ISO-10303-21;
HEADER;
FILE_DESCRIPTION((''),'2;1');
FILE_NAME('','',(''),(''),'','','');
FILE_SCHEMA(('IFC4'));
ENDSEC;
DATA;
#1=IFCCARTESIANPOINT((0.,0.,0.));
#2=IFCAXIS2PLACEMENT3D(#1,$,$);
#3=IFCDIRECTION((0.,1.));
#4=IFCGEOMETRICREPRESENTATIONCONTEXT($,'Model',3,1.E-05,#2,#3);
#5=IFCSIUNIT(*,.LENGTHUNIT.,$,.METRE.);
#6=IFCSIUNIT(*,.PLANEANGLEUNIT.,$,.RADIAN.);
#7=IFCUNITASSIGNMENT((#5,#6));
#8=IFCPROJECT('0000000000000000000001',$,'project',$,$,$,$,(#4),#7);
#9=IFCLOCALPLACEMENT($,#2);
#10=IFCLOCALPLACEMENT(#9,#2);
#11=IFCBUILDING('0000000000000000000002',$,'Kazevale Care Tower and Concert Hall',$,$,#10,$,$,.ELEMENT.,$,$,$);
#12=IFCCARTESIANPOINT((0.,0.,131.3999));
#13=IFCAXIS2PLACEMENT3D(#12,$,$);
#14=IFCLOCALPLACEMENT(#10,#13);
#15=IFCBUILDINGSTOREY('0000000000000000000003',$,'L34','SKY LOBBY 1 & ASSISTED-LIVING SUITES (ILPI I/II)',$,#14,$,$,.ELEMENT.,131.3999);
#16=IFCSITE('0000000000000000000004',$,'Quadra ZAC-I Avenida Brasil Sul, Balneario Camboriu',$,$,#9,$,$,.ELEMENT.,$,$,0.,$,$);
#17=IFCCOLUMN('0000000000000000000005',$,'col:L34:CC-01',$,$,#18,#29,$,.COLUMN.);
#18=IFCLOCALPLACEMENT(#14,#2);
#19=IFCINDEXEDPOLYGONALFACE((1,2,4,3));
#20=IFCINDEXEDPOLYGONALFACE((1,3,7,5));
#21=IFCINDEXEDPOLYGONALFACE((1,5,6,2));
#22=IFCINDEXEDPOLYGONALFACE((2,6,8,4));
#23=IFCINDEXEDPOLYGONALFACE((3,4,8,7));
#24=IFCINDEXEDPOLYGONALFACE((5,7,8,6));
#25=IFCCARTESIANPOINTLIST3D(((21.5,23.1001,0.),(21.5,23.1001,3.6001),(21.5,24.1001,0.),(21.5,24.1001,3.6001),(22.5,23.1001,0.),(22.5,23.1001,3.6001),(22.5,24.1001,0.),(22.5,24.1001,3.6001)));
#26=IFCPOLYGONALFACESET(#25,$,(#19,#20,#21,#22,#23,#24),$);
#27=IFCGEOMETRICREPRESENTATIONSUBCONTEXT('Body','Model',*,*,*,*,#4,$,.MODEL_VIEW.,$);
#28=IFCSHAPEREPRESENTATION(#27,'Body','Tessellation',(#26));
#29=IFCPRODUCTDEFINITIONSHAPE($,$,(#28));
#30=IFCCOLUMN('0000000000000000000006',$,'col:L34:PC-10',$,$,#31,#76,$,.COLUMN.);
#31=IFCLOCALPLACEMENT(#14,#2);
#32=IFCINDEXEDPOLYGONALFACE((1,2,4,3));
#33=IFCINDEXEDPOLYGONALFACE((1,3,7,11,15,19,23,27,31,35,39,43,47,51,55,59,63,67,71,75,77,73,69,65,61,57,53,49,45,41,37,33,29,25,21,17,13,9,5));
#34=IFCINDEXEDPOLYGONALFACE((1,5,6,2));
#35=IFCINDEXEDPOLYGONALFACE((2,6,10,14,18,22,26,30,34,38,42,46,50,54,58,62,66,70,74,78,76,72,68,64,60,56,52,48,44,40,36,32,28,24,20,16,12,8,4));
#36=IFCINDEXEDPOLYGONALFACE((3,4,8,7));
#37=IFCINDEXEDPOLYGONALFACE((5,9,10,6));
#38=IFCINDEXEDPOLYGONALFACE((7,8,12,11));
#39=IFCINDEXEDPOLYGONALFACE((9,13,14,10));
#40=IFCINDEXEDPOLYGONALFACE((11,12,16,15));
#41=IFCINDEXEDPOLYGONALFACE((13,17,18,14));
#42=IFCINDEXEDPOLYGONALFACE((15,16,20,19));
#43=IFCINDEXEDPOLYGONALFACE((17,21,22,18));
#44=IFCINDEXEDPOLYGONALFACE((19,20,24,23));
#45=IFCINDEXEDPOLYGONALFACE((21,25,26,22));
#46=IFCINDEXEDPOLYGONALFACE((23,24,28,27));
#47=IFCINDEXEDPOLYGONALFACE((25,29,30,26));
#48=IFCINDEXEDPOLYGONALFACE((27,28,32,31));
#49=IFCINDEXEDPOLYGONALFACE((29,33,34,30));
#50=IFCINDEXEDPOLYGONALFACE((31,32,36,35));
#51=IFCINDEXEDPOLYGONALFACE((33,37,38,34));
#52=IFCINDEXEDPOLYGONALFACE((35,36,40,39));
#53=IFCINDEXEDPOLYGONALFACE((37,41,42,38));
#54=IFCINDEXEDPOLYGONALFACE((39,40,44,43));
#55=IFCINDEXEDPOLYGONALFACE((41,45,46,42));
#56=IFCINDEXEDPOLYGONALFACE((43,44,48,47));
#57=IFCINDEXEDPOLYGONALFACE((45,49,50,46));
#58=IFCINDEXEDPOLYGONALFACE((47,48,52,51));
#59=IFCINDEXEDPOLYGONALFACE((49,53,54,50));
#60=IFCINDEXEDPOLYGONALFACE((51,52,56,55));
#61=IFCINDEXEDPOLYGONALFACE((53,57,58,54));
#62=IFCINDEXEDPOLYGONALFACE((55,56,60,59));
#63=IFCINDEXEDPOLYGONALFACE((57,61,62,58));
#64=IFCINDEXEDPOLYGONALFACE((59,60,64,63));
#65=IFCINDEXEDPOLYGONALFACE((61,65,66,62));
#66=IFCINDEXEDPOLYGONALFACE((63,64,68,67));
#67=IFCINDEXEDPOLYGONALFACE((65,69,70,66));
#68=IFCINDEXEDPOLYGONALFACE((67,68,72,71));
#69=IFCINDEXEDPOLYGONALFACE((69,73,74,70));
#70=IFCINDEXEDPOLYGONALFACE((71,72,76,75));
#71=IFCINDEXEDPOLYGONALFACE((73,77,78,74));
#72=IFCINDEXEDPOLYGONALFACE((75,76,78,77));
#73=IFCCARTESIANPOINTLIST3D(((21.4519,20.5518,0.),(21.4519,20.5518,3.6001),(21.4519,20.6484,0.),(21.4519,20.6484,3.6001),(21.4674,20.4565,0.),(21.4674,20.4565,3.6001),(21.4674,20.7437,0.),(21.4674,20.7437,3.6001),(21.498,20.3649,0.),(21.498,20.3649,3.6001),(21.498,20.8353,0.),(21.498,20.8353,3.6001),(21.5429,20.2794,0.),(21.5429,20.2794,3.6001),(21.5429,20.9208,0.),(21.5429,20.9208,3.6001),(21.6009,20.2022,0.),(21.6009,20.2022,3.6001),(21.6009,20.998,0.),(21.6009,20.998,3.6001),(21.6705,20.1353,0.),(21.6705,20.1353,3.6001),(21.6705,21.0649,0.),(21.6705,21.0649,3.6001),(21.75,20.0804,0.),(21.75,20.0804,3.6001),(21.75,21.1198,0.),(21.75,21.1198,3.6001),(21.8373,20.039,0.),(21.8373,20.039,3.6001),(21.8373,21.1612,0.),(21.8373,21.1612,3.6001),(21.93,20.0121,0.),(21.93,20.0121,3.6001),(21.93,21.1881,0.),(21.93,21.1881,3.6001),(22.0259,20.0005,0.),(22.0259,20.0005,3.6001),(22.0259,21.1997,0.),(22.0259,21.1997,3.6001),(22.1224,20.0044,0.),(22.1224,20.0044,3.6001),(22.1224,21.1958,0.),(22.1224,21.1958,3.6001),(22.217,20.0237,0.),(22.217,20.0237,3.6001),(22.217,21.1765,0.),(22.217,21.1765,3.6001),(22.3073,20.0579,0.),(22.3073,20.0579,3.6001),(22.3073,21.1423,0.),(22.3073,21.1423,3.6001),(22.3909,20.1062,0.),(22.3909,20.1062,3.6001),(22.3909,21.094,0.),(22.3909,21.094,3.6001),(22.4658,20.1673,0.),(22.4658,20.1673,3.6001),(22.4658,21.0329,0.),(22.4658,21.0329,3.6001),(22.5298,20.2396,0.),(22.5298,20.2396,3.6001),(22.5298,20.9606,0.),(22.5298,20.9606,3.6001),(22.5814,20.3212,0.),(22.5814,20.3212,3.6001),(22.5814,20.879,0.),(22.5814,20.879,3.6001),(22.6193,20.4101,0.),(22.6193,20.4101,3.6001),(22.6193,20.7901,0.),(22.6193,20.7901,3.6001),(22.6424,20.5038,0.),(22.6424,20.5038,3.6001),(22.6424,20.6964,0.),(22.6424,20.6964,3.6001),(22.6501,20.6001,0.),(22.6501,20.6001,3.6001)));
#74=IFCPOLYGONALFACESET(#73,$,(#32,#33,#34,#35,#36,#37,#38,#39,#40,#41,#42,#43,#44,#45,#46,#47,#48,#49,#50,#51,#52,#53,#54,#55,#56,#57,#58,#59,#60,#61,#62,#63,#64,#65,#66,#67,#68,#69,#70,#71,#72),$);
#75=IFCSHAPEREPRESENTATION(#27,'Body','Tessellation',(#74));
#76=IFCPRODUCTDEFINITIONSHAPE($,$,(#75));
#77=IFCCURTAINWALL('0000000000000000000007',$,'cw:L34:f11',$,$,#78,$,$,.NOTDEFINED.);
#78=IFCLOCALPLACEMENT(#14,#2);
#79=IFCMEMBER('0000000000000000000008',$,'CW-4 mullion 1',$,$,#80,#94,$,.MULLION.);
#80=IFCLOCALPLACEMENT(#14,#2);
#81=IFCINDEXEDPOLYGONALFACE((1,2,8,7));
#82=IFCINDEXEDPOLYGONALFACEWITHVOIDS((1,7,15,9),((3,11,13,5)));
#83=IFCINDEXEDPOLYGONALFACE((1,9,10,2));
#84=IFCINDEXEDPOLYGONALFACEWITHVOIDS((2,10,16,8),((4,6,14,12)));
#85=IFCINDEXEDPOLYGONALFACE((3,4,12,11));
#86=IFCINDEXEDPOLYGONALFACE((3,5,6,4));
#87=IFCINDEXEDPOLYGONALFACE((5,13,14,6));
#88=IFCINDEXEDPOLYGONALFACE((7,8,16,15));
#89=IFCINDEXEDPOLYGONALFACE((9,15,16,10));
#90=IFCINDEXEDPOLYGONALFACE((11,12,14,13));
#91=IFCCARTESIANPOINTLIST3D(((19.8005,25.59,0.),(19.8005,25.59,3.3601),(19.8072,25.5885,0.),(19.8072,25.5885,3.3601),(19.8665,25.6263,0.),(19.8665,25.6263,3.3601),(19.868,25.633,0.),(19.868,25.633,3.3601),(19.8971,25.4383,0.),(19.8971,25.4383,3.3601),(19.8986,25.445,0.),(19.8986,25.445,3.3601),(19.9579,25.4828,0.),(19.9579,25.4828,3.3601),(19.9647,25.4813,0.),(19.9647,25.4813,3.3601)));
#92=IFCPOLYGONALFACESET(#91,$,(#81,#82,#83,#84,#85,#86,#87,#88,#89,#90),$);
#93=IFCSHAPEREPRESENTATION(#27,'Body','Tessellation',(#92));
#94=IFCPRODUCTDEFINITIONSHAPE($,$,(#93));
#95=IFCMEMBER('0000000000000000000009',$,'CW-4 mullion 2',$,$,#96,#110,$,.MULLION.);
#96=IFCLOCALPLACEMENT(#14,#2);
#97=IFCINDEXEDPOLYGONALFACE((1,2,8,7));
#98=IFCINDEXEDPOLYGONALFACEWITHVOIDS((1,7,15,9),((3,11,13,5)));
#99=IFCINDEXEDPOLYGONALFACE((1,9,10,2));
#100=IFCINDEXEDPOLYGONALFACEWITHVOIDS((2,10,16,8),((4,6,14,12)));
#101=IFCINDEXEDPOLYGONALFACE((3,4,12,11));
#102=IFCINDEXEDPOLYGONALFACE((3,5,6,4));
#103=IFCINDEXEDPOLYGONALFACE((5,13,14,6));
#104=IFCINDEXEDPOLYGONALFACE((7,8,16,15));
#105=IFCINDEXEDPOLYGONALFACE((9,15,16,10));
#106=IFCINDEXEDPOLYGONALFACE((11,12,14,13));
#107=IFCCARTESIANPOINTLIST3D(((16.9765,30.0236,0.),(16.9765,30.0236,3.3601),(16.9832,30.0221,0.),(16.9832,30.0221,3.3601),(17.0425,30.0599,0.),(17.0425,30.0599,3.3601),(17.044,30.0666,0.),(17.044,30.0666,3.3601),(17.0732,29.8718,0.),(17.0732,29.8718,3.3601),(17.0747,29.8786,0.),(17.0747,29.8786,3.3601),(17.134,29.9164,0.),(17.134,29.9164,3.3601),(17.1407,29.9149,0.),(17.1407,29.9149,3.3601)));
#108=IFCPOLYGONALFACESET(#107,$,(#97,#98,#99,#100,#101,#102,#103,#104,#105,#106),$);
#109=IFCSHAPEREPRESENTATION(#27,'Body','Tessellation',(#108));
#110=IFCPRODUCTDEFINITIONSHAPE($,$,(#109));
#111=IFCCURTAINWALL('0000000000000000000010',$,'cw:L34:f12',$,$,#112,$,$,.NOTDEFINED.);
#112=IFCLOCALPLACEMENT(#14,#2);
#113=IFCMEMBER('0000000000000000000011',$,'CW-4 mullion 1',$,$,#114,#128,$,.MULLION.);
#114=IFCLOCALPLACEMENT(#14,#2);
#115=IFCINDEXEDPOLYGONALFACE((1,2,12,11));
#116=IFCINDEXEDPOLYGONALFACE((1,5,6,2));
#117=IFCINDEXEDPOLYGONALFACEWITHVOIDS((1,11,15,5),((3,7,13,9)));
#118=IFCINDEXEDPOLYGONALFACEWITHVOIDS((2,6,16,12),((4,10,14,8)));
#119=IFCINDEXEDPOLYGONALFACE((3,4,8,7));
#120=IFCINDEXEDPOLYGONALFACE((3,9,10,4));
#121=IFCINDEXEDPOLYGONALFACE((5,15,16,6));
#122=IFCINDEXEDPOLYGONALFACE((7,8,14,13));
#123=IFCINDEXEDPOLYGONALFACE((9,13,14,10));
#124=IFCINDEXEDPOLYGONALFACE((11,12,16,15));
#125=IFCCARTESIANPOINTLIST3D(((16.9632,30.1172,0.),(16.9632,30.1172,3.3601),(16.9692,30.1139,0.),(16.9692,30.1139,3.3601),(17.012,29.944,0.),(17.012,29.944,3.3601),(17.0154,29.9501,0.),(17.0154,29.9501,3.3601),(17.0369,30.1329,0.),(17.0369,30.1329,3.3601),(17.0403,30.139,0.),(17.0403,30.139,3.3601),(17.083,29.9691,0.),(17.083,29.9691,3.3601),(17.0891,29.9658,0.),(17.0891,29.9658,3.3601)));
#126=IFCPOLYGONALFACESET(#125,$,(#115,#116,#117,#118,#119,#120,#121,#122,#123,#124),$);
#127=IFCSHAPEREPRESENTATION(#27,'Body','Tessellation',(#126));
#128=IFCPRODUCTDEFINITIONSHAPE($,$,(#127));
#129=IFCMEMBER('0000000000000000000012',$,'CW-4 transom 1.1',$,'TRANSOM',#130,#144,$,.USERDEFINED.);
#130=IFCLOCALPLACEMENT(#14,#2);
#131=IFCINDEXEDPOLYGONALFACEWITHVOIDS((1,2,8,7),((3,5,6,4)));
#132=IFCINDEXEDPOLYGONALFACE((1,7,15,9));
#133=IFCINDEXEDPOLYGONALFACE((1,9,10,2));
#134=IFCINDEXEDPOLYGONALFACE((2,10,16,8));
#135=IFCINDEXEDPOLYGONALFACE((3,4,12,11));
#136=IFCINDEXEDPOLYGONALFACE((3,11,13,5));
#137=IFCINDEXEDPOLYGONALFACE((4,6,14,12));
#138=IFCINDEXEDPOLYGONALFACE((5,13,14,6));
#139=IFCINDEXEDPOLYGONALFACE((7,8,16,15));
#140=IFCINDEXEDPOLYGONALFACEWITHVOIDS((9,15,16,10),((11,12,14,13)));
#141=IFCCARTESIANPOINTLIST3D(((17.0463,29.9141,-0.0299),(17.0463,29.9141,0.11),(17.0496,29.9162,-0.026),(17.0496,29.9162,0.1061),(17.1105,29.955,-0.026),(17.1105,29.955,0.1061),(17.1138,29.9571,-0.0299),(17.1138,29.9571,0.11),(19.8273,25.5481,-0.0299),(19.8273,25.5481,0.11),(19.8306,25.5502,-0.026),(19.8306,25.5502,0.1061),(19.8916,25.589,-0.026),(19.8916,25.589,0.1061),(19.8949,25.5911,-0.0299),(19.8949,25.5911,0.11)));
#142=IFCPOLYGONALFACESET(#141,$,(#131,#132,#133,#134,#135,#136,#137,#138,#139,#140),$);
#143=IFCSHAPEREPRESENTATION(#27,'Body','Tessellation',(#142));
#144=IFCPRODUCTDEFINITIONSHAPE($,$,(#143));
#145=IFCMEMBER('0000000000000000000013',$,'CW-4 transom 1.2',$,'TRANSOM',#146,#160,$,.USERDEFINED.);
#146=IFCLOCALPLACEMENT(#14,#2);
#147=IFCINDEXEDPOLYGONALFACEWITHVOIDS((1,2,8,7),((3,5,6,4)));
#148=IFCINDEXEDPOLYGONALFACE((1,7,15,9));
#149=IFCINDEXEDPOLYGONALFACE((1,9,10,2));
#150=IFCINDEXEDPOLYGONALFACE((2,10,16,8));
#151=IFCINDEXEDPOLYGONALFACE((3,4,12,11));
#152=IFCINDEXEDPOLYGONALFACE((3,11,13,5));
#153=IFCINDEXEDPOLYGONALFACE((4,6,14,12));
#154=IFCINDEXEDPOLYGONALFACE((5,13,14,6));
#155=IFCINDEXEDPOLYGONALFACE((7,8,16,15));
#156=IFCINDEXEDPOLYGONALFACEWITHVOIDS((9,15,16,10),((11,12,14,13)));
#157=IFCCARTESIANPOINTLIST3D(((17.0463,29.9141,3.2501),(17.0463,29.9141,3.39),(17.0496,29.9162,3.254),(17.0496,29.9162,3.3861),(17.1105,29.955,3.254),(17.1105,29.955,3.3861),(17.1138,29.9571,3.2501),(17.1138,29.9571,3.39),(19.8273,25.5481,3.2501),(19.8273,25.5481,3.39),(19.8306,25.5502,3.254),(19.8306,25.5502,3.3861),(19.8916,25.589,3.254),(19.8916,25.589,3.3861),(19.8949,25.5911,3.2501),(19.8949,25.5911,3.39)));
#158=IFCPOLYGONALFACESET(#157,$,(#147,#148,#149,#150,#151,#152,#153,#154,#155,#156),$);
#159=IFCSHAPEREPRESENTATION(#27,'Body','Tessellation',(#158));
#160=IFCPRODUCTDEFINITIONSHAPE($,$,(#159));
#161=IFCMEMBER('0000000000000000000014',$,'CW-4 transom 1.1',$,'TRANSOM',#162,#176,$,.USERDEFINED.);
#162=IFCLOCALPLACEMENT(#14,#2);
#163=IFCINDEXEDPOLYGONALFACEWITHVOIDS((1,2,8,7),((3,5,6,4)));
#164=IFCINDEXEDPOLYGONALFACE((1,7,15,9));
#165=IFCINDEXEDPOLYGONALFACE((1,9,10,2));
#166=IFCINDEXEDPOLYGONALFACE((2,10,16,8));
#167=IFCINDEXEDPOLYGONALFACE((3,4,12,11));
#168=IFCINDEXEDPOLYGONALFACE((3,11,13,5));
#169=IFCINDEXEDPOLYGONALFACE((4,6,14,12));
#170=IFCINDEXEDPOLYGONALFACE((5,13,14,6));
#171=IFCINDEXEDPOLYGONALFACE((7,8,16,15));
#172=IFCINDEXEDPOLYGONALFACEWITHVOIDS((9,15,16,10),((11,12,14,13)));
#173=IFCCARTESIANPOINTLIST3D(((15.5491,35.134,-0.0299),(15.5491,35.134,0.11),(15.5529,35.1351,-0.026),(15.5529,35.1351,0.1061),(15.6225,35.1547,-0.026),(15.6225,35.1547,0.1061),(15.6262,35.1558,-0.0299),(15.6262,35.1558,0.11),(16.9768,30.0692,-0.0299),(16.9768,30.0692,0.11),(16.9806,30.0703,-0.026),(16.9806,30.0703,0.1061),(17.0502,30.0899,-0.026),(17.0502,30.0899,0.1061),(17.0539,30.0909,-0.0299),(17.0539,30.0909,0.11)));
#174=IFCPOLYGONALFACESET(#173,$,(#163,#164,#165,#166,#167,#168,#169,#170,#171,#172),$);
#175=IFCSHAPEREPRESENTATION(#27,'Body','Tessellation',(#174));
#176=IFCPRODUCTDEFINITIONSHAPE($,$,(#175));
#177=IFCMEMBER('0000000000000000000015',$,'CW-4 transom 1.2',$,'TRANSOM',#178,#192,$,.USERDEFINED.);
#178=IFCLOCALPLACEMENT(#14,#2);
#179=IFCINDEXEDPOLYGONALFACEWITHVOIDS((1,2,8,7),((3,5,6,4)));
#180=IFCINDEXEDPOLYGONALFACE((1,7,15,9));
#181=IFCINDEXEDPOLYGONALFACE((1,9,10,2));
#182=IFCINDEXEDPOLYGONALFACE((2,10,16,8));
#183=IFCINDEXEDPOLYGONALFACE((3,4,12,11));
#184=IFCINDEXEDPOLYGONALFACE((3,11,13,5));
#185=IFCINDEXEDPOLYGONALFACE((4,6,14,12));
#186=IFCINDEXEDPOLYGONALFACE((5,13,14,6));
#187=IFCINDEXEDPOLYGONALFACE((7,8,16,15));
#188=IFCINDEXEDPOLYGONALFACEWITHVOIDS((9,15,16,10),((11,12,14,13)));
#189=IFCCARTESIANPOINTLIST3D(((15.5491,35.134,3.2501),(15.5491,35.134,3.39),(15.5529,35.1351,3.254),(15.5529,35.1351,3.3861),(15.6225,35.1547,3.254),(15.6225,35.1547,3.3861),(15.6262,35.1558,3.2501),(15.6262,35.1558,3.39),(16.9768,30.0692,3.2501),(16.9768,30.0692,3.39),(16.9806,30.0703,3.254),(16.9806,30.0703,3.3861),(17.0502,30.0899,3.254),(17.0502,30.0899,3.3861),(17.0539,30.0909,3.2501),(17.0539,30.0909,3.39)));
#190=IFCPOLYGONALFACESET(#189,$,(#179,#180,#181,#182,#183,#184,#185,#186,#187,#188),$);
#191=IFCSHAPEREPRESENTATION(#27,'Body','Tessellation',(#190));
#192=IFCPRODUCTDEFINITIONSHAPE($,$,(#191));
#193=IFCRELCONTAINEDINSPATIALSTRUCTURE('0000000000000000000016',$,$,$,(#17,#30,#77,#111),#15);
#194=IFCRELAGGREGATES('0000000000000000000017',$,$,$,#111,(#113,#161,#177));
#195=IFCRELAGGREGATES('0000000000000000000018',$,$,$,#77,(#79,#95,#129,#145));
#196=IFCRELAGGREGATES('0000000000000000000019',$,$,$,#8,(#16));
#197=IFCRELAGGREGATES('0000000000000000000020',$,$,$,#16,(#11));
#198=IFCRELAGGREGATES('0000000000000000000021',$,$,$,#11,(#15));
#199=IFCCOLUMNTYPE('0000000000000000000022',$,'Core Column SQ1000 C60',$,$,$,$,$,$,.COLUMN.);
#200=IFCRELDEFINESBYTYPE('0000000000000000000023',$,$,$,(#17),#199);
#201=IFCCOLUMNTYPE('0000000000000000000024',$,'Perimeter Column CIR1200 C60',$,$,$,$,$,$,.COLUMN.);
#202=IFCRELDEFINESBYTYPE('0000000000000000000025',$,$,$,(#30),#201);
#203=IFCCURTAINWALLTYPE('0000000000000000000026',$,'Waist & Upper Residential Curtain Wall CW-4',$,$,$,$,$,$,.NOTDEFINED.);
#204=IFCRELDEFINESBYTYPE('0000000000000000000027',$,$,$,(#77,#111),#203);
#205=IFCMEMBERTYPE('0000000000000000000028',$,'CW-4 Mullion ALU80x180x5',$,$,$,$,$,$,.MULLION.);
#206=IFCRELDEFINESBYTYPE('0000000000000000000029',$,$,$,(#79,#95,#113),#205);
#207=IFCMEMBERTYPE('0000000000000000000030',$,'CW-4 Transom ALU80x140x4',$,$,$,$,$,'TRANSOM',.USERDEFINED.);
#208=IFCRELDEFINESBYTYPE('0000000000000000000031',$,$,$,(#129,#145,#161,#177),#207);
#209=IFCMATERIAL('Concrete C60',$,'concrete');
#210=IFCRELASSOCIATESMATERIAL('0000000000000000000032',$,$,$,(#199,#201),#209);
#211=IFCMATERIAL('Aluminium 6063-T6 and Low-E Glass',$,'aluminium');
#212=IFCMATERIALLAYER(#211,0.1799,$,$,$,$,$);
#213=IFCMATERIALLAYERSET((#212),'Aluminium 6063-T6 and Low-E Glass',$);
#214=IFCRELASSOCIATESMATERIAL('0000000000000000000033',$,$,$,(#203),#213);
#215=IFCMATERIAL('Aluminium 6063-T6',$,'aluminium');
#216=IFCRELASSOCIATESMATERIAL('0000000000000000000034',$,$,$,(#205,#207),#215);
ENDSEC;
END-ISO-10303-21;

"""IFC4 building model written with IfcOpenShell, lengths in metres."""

from ifc_helpers import new_model, si_unit, direction, frame, origin, origin_2d, place, context, subcontext, project, spatial, rectangle, hollow_rectangle, circle, extrude, material, layer, layer_set, material_profile, profile_set, type_object, element, aggregate, save


model = new_model("IFC4")

# Units and contexts
model_context = context("Model", 3, precision=1e-05, world=origin(), true_north=direction((0.0, 1.0)))
body_context = subcontext(model_context, "Body", "Model", "MODEL_VIEW")
ifc_project = project(units=[si_unit("LENGTHUNIT", "METRE"), si_unit("PLANEANGLEUNIT", "RADIAN")], contexts=[model_context])

# Site, building, storey
site_placement = place(None, origin())
site = spatial("IfcSite", under=ifc_project, at=site_placement, Name="Quadra ZAC-I Avenida Brasil Sul, Balneario Camboriu", CompositionType="ELEMENT", RefElevation=0.0)
building_placement = place(site_placement, origin())
building = spatial("IfcBuilding", under=site, at=building_placement, Name="Kazevale Care Tower and Concert Hall", CompositionType="ELEMENT")
storey_placement = place(building_placement, frame((0.0, 0.0, 131.3999)))
storey = spatial("IfcBuildingStorey", under=building, at=storey_placement, Name="L34", Description="SKY LOBBY 1 & ASSISTED-LIVING SUITES (ILPI I/II)", CompositionType="ELEMENT", Elevation=131.3999)

# Columns
ifc_material_1 = material(Name="Concrete C60", Category="concrete")
ifc_material_profile_1 = material_profile(ifc_material_1, rectangle(XDim=1.0, YDim=1.0, at=origin_2d()), Name="RC-SQ1000")
ifc_profile_set_1 = profile_set([ifc_material_profile_1], Name="Concrete C60")
column_type_1 = type_object("IfcColumnType", Name="Core Column SQ1000 C60", PredefinedType="COLUMN", material=ifc_profile_set_1)
column_1_placement = place(storey_placement, frame((22.0, 23.6001, 0.0), z_axis=(0.0, 0.0, 1.0), x_axis=(1.0, 0.0, 0.0)))
element("IfcColumn", 1, at=column_1_placement, inside=storey, type_object=column_type_1, Name="col:L34:CC-01", PredefinedType="COLUMN", context=body_context, shape_type="SweptSolid", body=[
    extrude(rectangle(XDim=1.0, YDim=1.0, at=origin_2d()), origin(), (0.0, 0.0, 1.0), 3.6001),
])
ifc_material_profile_2 = material_profile(ifc_material_1, circle(Radius=0.6001, at=origin_2d()), Name="RC-CIR1200")
ifc_profile_set_2 = profile_set([ifc_material_profile_2], Name="Concrete C60")
column_type_2 = type_object("IfcColumnType", Name="Perimeter Column CIR1200 C60", PredefinedType="COLUMN", material=ifc_profile_set_2)
column_2_placement = place(storey_placement, frame((22.05, 20.6001, 0.0), z_axis=(0.0, 0.0, 1.0), x_axis=(1.0, 0.0, 0.0)))
element("IfcColumn", 2, at=column_2_placement, inside=storey, type_object=column_type_2, Name="col:L34:PC-10", PredefinedType="COLUMN", context=body_context, shape_type="SweptSolid", body=[
    extrude(circle(Radius=0.6001, at=origin_2d()), origin(), (0.0, 0.0, 1.0), 3.6001),
])

# Curtain wall, members
ifc_material_2 = material(Name="Aluminium 6063-T6 and Low-E Glass", Category="aluminium")
ifc_layer_1 = layer(ifc_material_2, 0.1799)
ifc_layer_set_1 = layer_set([ifc_layer_1], Name="Aluminium 6063-T6 and Low-E Glass")
curtain_wall_type_1 = type_object("IfcCurtainWallType", Name="Waist & Upper Residential Curtain Wall CW-4", PredefinedType="NOTDEFINED", material=ifc_layer_set_1)
curtain_wall_1_placement = place(storey_placement, origin())
curtain_wall_1 = element("IfcCurtainWall", 3, at=curtain_wall_1_placement, inside=storey, type_object=curtain_wall_type_1, Name="cw:L34:f11", PredefinedType="NOTDEFINED")
ifc_material_3 = material(Name="Aluminium 6063-T6", Category="aluminium")
ifc_material_profile_3 = material_profile(ifc_material_3, hollow_rectangle(XDim=0.0801, YDim=0.1799, WallThickness=0.0049, at=origin_2d()), Name="ALU80x180x5")
ifc_profile_set_3 = profile_set([ifc_material_profile_3], Name="Aluminium 6063-T6")
member_type_1 = type_object("IfcMemberType", Name="CW-4 Mullion ALU80x180x5", PredefinedType="MULLION", material=ifc_profile_set_3)
member_1_placement = place(storey_placement, frame((19.8826, 25.5356, 0.0), z_axis=(0.0, 0.0, 1.0), x_axis=(-0.84343, -0.537239, 0.0)))
member_1 = element("IfcMember", 4, at=member_1_placement, type_object=member_type_1, Name="CW-4 mullion 1", PredefinedType="MULLION", context=body_context, shape_type="SweptSolid", body=[
    extrude(hollow_rectangle(XDim=0.0801, YDim=0.1799, WallThickness=0.0049, at=origin_2d()), origin(), (0.0, 0.0, 1.0), 3.3601),
])
member_2_placement = place(storey_placement, frame((17.0586, 29.9692, 0.0), z_axis=(0.0, 0.0, 1.0), x_axis=(-0.84343, -0.537239, 0.0)))
member_2 = element("IfcMember", 5, at=member_2_placement, type_object=member_type_1, Name="CW-4 mullion 2", PredefinedType="MULLION", context=body_context, shape_type="SweptSolid", body=[
    extrude(hollow_rectangle(XDim=0.0801, YDim=0.1799, WallThickness=0.0049, at=origin_2d()), origin(), (0.0, 0.0, 1.0), 3.3601),
])

# Curtain wall, member
curtain_wall_2_placement = place(storey_placement, origin())
curtain_wall_2 = element("IfcCurtainWall", 6, at=curtain_wall_2_placement, inside=storey, type_object=curtain_wall_type_1, Name="cw:L34:f12", PredefinedType="NOTDEFINED")
member_3_placement = place(storey_placement, frame((17.0261, 30.0415, 0.0), z_axis=(0.0, 0.0, 1.0), x_axis=(-0.962499, -0.271285, 0.0)))
member_3 = element("IfcMember", 7, at=member_3_placement, type_object=member_type_1, Name="CW-4 mullion 1", PredefinedType="MULLION", context=body_context, shape_type="SweptSolid", body=[
    extrude(hollow_rectangle(XDim=0.0801, YDim=0.1799, WallThickness=0.0049, at=origin_2d()), origin(), (0.0, 0.0, 1.0), 3.3601),
])

# Members
ifc_material_profile_4 = material_profile(ifc_material_3, hollow_rectangle(XDim=0.0801, YDim=0.1399, WallThickness=0.0039, at=origin_2d()), Name="ALU80x140x4")
ifc_profile_set_4 = profile_set([ifc_material_profile_4], Name="Aluminium 6063-T6")
member_type_2 = type_object("IfcMemberType", Name="CW-4 Transom ALU80x140x4", ElementType="TRANSOM", PredefinedType="USERDEFINED", material=ifc_profile_set_4)
member_4_placement = place(storey_placement, frame((19.8611, 25.5696, 0.04), z_axis=(-0.537242, 0.843428, 0.0), x_axis=(-0.843428, -0.537242, 0.0)))
member_4 = element("IfcMember", 8, at=member_4_placement, type_object=member_type_2, Name="CW-4 transom 1.1", ObjectType="TRANSOM", PredefinedType="USERDEFINED", context=body_context, shape_type="SweptSolid", body=[
    extrude(hollow_rectangle(XDim=0.0801, YDim=0.1399, WallThickness=0.0039, at=origin_2d()), origin(), (0.0, 0.0, 1.0), 5.1765),
])
member_5_placement = place(storey_placement, frame((19.8611, 25.5696, 3.3201), z_axis=(-0.537242, 0.843428, 0.0), x_axis=(-0.843428, -0.537242, 0.0)))
member_5 = element("IfcMember", 9, at=member_5_placement, type_object=member_type_2, Name="CW-4 transom 1.2", ObjectType="TRANSOM", PredefinedType="USERDEFINED", context=body_context, shape_type="SweptSolid", body=[
    extrude(hollow_rectangle(XDim=0.0801, YDim=0.1399, WallThickness=0.0039, at=origin_2d()), origin(), (0.0, 0.0, 1.0), 5.1765),
])
member_6_placement = place(storey_placement, frame((17.0154, 30.0801, 0.04), z_axis=(-0.271313, 0.962491, 0.0), x_axis=(-0.962491, -0.271313, 0.0)))
member_6 = element("IfcMember", 10, at=member_6_placement, type_object=member_type_2, Name="CW-4 transom 1.1", ObjectType="TRANSOM", PredefinedType="USERDEFINED", context=body_context, shape_type="SweptSolid", body=[
    extrude(hollow_rectangle(XDim=0.0801, YDim=0.1399, WallThickness=0.0039, at=origin_2d()), origin(), (0.0, 0.0, 1.0), 5.2622),
])
member_7_placement = place(storey_placement, frame((17.0154, 30.0801, 3.3201), z_axis=(-0.271313, 0.962491, 0.0), x_axis=(-0.962491, -0.271313, 0.0)))
member_7 = element("IfcMember", 11, at=member_7_placement, type_object=member_type_2, Name="CW-4 transom 1.2", ObjectType="TRANSOM", PredefinedType="USERDEFINED", context=body_context, shape_type="SweptSolid", body=[
    extrude(hollow_rectangle(XDim=0.0801, YDim=0.1399, WallThickness=0.0039, at=origin_2d()), origin(), (0.0, 0.0, 1.0), 5.2622),
])
aggregate(curtain_wall_2, [member_3, member_6, member_7])

aggregate(curtain_wall_1, [member_1, member_2, member_4, member_5])

save(model, "model.ifc")
